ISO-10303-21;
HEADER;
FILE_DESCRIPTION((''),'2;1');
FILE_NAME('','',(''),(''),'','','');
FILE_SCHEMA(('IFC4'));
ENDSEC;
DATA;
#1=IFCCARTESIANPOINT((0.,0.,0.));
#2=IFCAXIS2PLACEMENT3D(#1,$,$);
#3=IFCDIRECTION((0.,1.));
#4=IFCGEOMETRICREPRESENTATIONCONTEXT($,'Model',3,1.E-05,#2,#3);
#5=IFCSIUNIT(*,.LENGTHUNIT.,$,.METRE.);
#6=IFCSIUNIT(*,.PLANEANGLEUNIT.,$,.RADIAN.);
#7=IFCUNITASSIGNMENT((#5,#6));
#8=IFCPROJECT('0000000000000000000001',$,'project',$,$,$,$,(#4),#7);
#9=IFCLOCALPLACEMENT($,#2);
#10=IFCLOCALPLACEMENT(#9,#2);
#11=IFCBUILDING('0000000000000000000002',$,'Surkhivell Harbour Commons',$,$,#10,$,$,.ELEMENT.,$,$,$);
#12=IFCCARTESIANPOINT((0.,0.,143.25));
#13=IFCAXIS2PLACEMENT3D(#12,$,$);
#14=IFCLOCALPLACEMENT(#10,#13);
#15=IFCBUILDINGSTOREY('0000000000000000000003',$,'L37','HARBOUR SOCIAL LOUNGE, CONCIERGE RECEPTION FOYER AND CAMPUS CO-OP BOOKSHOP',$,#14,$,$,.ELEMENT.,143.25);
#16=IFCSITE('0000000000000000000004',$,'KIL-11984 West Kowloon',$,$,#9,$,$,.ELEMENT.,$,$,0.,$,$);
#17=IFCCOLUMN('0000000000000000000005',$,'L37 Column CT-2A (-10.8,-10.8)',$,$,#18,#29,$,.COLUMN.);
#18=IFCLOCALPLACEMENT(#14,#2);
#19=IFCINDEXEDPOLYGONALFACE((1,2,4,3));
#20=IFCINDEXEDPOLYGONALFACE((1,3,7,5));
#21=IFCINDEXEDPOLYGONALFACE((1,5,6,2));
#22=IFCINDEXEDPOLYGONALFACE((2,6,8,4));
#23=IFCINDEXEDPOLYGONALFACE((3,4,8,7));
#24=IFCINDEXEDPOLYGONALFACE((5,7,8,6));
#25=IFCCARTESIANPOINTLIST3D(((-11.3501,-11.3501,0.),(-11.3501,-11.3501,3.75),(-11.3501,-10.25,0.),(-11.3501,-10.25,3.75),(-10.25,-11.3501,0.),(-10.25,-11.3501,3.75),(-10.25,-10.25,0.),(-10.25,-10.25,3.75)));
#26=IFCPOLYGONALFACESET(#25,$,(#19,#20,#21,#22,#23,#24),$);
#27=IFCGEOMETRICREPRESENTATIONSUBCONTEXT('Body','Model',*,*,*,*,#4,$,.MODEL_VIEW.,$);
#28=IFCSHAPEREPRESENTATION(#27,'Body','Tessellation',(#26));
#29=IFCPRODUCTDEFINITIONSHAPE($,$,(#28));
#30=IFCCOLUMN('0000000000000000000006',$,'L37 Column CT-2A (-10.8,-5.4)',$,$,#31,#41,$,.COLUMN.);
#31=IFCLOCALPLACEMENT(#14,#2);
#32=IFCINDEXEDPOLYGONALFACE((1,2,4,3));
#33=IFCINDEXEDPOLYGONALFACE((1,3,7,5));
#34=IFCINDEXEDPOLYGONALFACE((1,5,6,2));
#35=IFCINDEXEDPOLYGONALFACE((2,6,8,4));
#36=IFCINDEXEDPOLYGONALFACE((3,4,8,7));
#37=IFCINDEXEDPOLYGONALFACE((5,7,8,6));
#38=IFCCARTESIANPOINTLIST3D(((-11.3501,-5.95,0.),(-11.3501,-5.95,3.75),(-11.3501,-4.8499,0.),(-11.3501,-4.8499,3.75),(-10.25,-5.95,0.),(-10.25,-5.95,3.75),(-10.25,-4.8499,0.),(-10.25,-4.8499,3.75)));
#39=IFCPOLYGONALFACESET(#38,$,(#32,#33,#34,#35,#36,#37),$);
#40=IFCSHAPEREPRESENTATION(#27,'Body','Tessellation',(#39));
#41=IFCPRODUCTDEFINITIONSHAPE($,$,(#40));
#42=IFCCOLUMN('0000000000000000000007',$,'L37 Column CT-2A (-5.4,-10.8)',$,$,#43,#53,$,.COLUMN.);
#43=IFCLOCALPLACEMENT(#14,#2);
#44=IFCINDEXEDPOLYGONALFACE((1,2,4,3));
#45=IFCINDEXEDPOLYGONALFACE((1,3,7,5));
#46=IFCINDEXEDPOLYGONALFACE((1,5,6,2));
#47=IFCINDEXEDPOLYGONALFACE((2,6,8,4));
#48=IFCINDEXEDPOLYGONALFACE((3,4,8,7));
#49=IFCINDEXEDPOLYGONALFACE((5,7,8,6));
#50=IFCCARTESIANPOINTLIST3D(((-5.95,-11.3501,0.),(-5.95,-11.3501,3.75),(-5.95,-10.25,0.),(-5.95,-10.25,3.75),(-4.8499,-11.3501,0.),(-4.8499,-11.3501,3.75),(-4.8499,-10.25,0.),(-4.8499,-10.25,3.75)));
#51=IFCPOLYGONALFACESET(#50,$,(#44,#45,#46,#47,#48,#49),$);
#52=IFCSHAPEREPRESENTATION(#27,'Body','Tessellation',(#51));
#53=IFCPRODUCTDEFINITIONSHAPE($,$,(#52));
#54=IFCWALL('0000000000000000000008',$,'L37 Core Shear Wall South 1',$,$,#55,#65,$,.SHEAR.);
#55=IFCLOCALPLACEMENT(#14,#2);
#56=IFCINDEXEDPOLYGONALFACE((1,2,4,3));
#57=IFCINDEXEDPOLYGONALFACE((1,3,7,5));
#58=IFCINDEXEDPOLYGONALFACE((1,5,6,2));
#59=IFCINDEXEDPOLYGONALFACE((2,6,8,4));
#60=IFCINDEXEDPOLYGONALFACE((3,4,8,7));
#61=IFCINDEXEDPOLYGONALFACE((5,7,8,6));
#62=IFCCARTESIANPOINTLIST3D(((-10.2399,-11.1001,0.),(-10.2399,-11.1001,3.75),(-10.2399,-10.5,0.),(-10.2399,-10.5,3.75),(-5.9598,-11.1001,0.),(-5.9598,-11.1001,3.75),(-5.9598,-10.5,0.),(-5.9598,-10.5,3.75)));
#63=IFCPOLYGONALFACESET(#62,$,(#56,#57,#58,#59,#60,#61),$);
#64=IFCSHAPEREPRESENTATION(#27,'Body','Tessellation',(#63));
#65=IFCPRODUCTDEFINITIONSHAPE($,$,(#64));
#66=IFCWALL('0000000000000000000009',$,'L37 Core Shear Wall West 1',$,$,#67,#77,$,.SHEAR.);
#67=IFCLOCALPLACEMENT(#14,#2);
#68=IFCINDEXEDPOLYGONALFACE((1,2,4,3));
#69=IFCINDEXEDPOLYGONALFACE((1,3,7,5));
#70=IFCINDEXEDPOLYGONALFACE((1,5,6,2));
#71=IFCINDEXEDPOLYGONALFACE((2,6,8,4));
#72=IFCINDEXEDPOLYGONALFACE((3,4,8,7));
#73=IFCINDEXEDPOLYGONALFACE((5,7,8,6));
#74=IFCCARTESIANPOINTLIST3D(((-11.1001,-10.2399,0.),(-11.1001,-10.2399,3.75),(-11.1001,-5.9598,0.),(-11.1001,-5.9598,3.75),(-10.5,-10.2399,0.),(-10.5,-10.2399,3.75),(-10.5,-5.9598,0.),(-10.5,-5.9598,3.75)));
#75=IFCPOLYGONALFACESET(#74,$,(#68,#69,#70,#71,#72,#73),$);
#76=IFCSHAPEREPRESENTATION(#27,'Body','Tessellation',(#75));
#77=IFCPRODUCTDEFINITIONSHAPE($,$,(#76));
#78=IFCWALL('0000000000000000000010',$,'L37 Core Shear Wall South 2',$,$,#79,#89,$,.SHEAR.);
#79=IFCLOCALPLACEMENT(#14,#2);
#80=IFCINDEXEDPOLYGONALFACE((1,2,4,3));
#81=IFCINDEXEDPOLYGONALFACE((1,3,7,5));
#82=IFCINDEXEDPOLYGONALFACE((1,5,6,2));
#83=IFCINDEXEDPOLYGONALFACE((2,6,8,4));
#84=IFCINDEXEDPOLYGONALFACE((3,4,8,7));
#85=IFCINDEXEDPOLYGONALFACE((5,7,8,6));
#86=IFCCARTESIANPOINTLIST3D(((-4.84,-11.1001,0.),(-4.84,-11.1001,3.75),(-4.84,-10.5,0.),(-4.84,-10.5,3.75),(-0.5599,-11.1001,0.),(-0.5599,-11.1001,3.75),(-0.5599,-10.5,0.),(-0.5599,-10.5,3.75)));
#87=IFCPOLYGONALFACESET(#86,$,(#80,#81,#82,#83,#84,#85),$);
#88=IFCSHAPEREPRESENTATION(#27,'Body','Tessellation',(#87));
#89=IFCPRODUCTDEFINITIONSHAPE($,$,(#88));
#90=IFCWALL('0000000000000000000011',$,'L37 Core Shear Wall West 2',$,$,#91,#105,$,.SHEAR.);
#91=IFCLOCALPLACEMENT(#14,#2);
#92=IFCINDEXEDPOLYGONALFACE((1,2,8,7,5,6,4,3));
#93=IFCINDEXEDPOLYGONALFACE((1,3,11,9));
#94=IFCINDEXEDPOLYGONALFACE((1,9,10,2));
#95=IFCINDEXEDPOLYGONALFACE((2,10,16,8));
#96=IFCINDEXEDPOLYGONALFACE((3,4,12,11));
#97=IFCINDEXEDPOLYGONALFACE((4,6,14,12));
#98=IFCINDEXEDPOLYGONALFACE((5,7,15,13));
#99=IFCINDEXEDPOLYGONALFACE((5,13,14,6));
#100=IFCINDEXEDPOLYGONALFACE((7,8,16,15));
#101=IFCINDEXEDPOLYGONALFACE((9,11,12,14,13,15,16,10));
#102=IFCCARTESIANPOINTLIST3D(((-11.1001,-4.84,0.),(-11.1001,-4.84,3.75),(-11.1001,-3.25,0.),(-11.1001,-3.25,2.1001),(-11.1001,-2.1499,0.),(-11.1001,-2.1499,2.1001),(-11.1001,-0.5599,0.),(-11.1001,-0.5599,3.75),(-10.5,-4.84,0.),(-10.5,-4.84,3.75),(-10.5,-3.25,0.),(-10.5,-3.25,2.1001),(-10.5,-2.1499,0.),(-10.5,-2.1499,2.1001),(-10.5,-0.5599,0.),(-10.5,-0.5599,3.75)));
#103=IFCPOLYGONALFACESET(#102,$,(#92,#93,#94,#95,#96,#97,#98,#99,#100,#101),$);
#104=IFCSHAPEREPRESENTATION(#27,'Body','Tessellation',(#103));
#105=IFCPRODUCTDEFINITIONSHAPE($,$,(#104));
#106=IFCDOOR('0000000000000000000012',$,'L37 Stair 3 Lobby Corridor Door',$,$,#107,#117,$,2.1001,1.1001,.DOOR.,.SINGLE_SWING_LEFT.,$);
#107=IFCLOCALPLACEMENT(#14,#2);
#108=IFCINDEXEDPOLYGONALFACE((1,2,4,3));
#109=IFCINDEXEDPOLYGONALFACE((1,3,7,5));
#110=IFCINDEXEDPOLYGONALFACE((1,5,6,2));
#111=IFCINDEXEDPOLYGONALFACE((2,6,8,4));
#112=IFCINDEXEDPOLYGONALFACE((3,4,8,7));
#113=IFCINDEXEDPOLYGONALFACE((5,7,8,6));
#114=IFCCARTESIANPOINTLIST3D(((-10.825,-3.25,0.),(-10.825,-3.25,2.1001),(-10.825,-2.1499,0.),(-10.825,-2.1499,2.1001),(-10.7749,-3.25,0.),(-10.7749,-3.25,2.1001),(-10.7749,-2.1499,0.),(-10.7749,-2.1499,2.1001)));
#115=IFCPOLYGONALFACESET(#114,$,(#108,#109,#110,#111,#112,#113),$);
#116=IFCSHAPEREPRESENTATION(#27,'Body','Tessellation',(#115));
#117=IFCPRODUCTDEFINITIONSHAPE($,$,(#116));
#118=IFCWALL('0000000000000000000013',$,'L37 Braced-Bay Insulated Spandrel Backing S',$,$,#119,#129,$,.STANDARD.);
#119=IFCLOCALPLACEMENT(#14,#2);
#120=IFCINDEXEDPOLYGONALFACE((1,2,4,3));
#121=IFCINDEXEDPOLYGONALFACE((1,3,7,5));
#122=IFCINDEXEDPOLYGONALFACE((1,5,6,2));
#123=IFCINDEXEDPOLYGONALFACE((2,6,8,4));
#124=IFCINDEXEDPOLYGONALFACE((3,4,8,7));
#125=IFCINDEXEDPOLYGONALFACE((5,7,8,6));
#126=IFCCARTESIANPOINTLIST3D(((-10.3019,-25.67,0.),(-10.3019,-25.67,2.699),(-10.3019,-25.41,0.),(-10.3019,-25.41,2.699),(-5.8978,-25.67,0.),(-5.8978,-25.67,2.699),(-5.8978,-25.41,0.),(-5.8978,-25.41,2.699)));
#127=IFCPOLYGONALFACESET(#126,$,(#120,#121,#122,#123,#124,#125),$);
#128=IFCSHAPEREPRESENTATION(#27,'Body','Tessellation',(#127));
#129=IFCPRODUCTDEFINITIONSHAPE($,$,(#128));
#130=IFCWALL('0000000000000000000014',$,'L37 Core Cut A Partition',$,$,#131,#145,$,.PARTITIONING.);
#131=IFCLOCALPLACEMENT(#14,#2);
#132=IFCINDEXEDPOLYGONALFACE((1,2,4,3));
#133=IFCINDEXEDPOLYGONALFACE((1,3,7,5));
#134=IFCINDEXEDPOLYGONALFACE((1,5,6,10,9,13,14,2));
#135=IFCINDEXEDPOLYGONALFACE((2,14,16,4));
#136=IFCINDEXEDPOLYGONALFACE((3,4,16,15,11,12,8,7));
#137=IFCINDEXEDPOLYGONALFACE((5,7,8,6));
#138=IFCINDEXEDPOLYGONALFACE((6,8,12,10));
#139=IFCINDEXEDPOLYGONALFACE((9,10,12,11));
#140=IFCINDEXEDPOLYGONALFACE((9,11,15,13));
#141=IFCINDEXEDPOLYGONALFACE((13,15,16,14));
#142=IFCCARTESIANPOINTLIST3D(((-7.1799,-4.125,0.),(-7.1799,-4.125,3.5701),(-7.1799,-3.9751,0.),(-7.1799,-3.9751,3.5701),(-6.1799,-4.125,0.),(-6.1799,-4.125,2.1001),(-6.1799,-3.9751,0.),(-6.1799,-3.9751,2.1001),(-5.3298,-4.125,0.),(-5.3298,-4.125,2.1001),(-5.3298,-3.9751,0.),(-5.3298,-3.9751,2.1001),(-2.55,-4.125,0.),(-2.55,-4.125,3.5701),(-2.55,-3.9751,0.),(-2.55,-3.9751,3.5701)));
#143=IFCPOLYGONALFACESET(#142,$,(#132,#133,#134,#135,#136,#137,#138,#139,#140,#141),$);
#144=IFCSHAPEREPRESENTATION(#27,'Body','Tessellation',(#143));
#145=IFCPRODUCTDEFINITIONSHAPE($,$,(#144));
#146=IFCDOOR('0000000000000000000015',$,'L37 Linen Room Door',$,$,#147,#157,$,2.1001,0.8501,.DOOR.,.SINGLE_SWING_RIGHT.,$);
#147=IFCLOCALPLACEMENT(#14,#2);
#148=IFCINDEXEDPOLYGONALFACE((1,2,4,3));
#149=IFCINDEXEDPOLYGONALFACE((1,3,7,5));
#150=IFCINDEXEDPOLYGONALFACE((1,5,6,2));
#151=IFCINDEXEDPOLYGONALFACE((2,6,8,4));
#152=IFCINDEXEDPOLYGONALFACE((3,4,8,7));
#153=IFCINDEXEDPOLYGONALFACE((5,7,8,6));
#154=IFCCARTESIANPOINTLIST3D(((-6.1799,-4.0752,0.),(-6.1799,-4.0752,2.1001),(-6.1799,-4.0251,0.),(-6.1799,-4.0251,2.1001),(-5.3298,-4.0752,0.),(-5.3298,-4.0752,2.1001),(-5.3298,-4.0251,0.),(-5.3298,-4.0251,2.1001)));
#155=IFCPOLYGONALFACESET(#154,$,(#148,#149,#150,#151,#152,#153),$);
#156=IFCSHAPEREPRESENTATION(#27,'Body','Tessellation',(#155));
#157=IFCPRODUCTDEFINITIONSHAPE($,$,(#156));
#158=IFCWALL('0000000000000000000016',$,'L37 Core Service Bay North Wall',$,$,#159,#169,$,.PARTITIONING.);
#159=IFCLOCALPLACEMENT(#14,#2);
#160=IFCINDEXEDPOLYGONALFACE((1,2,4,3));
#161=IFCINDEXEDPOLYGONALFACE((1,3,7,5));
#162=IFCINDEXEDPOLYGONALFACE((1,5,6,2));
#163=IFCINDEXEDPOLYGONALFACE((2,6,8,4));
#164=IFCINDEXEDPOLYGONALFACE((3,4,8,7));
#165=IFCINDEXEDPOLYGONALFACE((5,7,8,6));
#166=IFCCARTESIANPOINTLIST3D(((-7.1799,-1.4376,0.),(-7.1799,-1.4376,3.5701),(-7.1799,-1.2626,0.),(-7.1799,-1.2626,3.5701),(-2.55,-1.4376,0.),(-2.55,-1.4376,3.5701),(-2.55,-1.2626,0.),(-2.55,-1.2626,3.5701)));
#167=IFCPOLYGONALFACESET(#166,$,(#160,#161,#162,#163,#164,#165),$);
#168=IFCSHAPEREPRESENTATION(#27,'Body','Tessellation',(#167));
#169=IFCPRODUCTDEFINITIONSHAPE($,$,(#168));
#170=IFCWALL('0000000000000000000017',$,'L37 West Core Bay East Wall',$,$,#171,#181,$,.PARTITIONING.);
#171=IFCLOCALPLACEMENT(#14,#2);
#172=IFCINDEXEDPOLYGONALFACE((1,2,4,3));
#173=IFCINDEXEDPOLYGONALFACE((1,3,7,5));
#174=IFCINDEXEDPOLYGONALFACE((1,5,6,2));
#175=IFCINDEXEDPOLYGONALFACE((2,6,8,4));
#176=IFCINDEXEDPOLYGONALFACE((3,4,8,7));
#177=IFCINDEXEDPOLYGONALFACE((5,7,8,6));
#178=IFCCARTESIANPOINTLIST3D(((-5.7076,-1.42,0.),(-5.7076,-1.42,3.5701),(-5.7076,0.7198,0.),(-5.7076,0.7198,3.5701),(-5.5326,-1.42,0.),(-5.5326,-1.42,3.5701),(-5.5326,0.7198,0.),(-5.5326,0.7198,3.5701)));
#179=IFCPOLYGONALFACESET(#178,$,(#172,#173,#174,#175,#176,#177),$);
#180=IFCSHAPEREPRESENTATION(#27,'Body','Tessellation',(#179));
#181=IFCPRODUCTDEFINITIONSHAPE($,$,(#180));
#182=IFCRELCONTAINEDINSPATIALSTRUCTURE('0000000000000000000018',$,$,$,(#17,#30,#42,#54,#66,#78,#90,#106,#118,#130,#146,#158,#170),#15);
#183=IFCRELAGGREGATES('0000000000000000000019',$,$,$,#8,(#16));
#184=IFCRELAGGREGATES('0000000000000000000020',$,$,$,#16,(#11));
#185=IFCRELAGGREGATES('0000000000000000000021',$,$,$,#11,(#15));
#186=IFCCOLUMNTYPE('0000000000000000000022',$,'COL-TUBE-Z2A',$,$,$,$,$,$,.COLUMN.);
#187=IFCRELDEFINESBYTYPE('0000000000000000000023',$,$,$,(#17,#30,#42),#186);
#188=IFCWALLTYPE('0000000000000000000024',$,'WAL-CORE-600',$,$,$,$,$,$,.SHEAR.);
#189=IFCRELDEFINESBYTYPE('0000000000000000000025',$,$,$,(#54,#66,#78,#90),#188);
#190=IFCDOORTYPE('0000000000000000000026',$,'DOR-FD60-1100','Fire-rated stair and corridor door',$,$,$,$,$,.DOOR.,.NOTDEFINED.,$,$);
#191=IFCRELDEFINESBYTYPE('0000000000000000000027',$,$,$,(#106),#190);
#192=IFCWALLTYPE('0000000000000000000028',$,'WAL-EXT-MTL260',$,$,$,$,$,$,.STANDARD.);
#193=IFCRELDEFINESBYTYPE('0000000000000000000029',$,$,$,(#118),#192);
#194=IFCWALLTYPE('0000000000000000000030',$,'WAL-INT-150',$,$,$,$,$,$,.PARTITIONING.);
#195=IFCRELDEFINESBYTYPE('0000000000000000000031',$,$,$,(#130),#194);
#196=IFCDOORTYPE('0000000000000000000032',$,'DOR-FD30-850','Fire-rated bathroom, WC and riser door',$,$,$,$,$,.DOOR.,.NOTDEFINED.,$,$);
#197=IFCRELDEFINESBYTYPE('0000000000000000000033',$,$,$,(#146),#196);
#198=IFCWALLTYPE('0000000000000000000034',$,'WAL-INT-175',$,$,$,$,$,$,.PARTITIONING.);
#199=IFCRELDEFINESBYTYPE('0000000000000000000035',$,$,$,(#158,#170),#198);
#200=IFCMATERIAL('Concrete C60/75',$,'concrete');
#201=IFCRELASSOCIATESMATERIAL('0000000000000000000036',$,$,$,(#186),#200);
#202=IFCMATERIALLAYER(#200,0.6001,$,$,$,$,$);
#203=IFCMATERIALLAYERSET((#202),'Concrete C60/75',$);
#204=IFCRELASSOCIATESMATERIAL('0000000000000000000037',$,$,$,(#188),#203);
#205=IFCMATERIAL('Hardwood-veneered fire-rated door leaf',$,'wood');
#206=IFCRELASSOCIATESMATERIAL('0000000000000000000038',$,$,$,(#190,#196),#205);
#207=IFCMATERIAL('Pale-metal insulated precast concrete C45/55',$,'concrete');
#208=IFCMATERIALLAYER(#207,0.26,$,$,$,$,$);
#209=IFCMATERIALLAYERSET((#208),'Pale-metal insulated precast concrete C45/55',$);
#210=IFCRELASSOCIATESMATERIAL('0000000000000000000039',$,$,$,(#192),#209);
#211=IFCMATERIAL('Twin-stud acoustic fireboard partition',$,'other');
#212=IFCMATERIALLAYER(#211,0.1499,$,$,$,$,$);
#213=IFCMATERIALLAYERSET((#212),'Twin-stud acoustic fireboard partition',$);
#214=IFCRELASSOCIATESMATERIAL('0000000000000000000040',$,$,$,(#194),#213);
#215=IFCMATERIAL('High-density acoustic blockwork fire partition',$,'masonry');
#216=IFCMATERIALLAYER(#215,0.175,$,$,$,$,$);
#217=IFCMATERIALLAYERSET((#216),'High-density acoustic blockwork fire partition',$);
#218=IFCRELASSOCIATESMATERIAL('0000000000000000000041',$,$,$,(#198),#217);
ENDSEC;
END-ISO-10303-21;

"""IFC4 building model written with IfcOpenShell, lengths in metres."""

from ifc_helpers import new_model, si_unit, direction, frame, frame_2d, origin, origin_2d, place, context, subcontext, project, spatial, rectangle, extrude, material, layer, layer_set, material_profile, profile_set, type_object, element, fill, save


model = new_model("IFC4")

# Units and contexts
model_context = context("Model", 3, precision=1e-05, world=origin(), true_north=direction((0.0, 1.0)))
body_context = subcontext(model_context, "Body", "Model", "MODEL_VIEW")
ifc_project = project(units=[si_unit("LENGTHUNIT", "METRE"), si_unit("PLANEANGLEUNIT", "RADIAN")], contexts=[model_context])

# Site, building, storey
site_placement = place(None, origin())
site = spatial("IfcSite", under=ifc_project, at=site_placement, Name="KIL-11984 West Kowloon", CompositionType="ELEMENT", RefElevation=0.0)
building_placement = place(site_placement, origin())
building = spatial("IfcBuilding", under=site, at=building_placement, Name="Surkhivell Harbour Commons", CompositionType="ELEMENT")
storey_placement = place(building_placement, frame((0.0, 0.0, 143.25)))
storey = spatial("IfcBuildingStorey", under=building, at=storey_placement, Name="L37", Description="HARBOUR SOCIAL LOUNGE, CONCIERGE RECEPTION FOYER AND CAMPUS CO-OP BOOKSHOP", CompositionType="ELEMENT", Elevation=143.25)

# Columns
ifc_material_1 = material(Name="Concrete C60/75", Category="concrete")
ifc_material_profile = material_profile(ifc_material_1, rectangle(XDim=1.1001, YDim=1.1001, at=origin_2d()), Name="RC-COL-1100x1100")
ifc_profile_set = profile_set([ifc_material_profile], Name="Concrete C60/75")
column_type = type_object("IfcColumnType", Name="COL-TUBE-Z2A", PredefinedType="COLUMN", material=ifc_profile_set)
for number, where, z_axis, x_axis, name in (
    (1, (-10.8, -10.8, 0.0), (0.0, 0.0, 1.0), (1.0, 0.0, 0.0), "L37 Column CT-2A (-10.8,-10.8)"),
    (2, (-10.8, -5.3999, 0.0), (0.0, 0.0, 1.0), (1.0, 0.0, 0.0), "L37 Column CT-2A (-10.8,-5.4)"),
    (3, (-5.3999, -10.8, 0.0), (0.0, 0.0, 1.0), (1.0, 0.0, 0.0), "L37 Column CT-2A (-5.4,-10.8)"),
):
    element("IfcColumn", number, at=place(storey_placement, frame(where, z_axis=z_axis, x_axis=x_axis)), inside=storey, type_object=column_type, Name=name, PredefinedType="COLUMN", context=body_context, shape_type="SweptSolid", body=[
        extrude(rectangle(XDim=1.1001, YDim=1.1001, at=origin_2d()), origin(), (0.0, 0.0, 1.0), 3.75),
    ])

# Walls
ifc_layer_1 = layer(ifc_material_1, 0.6001)
ifc_layer_set_1 = layer_set([ifc_layer_1], Name="Concrete C60/75")
wall_type_1 = type_object("IfcWallType", Name="WAL-CORE-600", PredefinedType="SHEAR", material=ifc_layer_set_1)
for number, where, z_axis, x_axis, name in (
    (4, (-10.24, -10.8, 0.0), (0.0, 0.0, 1.0), (1.0, 0.0, 0.0), "L37 Core Shear Wall South 1"),
    (5, (-10.8, -10.24, 0.0), (0.0, 0.0, 1.0), (0.0, 1.0, 0.0), "L37 Core Shear Wall West 1"),
    (6, (-4.8401, -10.8, 0.0), (0.0, 0.0, 1.0), (1.0, 0.0, 0.0), "L37 Core Shear Wall South 2"),
):
    element("IfcWall", number, at=place(storey_placement, frame(where, z_axis=z_axis, x_axis=x_axis)), inside=storey, type_object=wall_type_1, Name=name, PredefinedType="SHEAR", context=body_context, shape_type="SweptSolid", body=[
        extrude(rectangle(XDim=4.28, YDim=0.6001, at=frame_2d((2.1401, 0.0))), origin(), (0.0, 0.0, 1.0), 3.75),
    ])

# Wall, opening, door
wall_1_placement = place(storey_placement, frame((-10.8, -4.8401, 0.0), z_axis=(0.0, 0.0, 1.0), x_axis=(0.0, 1.0, 0.0)))
wall_1 = element("IfcWall", 7, at=wall_1_placement, inside=storey, type_object=wall_type_1, Name="L37 Core Shear Wall West 2", PredefinedType="SHEAR", context=body_context, shape_type="SweptSolid", body=[
    extrude(rectangle(XDim=4.28, YDim=0.6001, at=frame_2d((2.1401, 0.0))), origin(), (0.0, 0.0, 1.0), 3.75),
])
opening_1_placement = place(wall_1_placement, frame((1.5901, 0.0, 0.0)))
opening_1 = element("IfcOpeningElement", 8, at=opening_1_placement, cuts=wall_1, PredefinedType="OPENING", context=body_context, shape_type="SweptSolid", body=[
    extrude(rectangle(XDim=1.1001, YDim=2.1001, at=frame_2d((0.55, 1.05))), frame((0.0, 0.3101, 0.0), z_axis=(0.0, -1.0, 0.0), x_axis=(1.0, 0.0, 0.0)), (0.0, 0.0, 1.0), 0.6201),
])
ifc_material_2 = material(Name="Hardwood-veneered fire-rated door leaf", Category="wood")
door_type_1 = type_object("IfcDoorType", Name="DOR-FD60-1100", Description="Fire-rated stair and corridor door", OperationType="NOTDEFINED", PredefinedType="DOOR", material=ifc_material_2)
door_1_placement = place(opening_1_placement, origin())
door_1 = element("IfcDoor", 9, at=door_1_placement, inside=storey, type_object=door_type_1, Name="L37 Stair 3 Lobby Corridor Door", OperationType="SINGLE_SWING_LEFT", OverallHeight=2.1001, OverallWidth=1.1001, PredefinedType="DOOR", context=body_context, shape_type="SweptSolid", body=[
    extrude(rectangle(XDim=1.1001, YDim=2.1001, at=frame_2d((0.55, 1.05))), frame((0.0, 0.0249, 0.0), z_axis=(0.0, -1.0, 0.0), x_axis=(1.0, 0.0, 0.0)), (0.0, 0.0, 1.0), 0.05),
])
fill(opening_1, door_1)

# Wall
ifc_material_3 = material(Name="Pale-metal insulated precast concrete C45/55", Category="concrete")
ifc_layer_2 = layer(ifc_material_3, 0.26)
ifc_layer_set_2 = layer_set([ifc_layer_2], Name="Pale-metal insulated precast concrete C45/55")
wall_type_2 = type_object("IfcWallType", Name="WAL-EXT-MTL260", PredefinedType="STANDARD", material=ifc_layer_set_2)
wall_2_placement = place(storey_placement, frame((-10.302, -25.54, 0.0), z_axis=(0.0, 0.0, 1.0), x_axis=(1.0, 0.0, 0.0)))
element("IfcWall", 10, at=wall_2_placement, inside=storey, type_object=wall_type_2, Name="L37 Braced-Bay Insulated Spandrel Backing S", PredefinedType="STANDARD", context=body_context, shape_type="SweptSolid", body=[
    extrude(rectangle(XDim=4.4041, YDim=0.26, at=frame_2d((2.2021, 0.0))), origin(), (0.0, 0.0, 1.0), 2.699),
])

# Wall, opening, door
ifc_material_4 = material(Name="Twin-stud acoustic fireboard partition", Category="other")
ifc_layer_3 = layer(ifc_material_4, 0.1499)
ifc_layer_set_3 = layer_set([ifc_layer_3], Name="Twin-stud acoustic fireboard partition")
wall_type_3 = type_object("IfcWallType", Name="WAL-INT-150", PredefinedType="PARTITIONING", material=ifc_layer_set_3)
wall_3_placement = place(storey_placement, frame((-7.1799, -4.05, 0.0), z_axis=(0.0, 0.0, 1.0), x_axis=(1.0, 0.0, 0.0)))
wall_3 = element("IfcWall", 11, at=wall_3_placement, inside=storey, type_object=wall_type_3, Name="L37 Core Cut A Partition", PredefinedType="PARTITIONING", context=body_context, shape_type="SweptSolid", body=[
    extrude(rectangle(XDim=4.6299, YDim=0.1499, at=frame_2d((2.3149, 0.0))), origin(), (0.0, 0.0, 1.0), 3.5701),
])
opening_2_placement = place(wall_3_placement, frame((1.0, 0.0, 0.0)))
opening_2 = element("IfcOpeningElement", 12, at=opening_2_placement, cuts=wall_3, PredefinedType="OPENING", context=body_context, shape_type="SweptSolid", body=[
    extrude(rectangle(XDim=0.8501, YDim=2.1001, at=frame_2d((0.425, 1.05))), frame((0.0, 0.085, 0.0), z_axis=(0.0, -1.0, 0.0), x_axis=(1.0, 0.0, 0.0)), (0.0, 0.0, 1.0), 0.1699),
])
door_type_2 = type_object("IfcDoorType", Name="DOR-FD30-850", Description="Fire-rated bathroom, WC and riser door", OperationType="NOTDEFINED", PredefinedType="DOOR", material=ifc_material_2)
door_2_placement = place(opening_2_placement, origin())
door_2 = element("IfcDoor", 13, at=door_2_placement, inside=storey, type_object=door_type_2, Name="L37 Linen Room Door", OperationType="SINGLE_SWING_RIGHT", OverallHeight=2.1001, OverallWidth=0.8501, PredefinedType="DOOR", context=body_context, shape_type="SweptSolid", body=[
    extrude(rectangle(XDim=0.8501, YDim=2.1001, at=frame_2d((0.425, 1.05))), frame((0.0, 0.0249, 0.0), z_axis=(0.0, -1.0, 0.0), x_axis=(1.0, 0.0, 0.0)), (0.0, 0.0, 1.0), 0.05),
])
fill(opening_2, door_2)

# Walls
ifc_material_5 = material(Name="High-density acoustic blockwork fire partition", Category="masonry")
ifc_layer_4 = layer(ifc_material_5, 0.175)
ifc_layer_set_4 = layer_set([ifc_layer_4], Name="High-density acoustic blockwork fire partition")
wall_type_4 = type_object("IfcWallType", Name="WAL-INT-175", PredefinedType="PARTITIONING", material=ifc_layer_set_4)
wall_4_placement = place(storey_placement, frame((-7.1799, -1.3501, 0.0), z_axis=(0.0, 0.0, 1.0), x_axis=(1.0, 0.0, 0.0)))
element("IfcWall", 14, at=wall_4_placement, inside=storey, type_object=wall_type_4, Name="L37 Core Service Bay North Wall", PredefinedType="PARTITIONING", context=body_context, shape_type="SweptSolid", body=[
    extrude(rectangle(XDim=4.6299, YDim=0.175, at=frame_2d((2.3149, 0.0))), origin(), (0.0, 0.0, 1.0), 3.5701),
])
wall_5_placement = place(storey_placement, frame((-5.6201, -1.4199, 0.0), z_axis=(0.0, 0.0, 1.0), x_axis=(0.0, 1.0, 0.0)))
element("IfcWall", 15, at=wall_5_placement, inside=storey, type_object=wall_type_4, Name="L37 West Core Bay East Wall", PredefinedType="PARTITIONING", context=body_context, shape_type="SweptSolid", body=[
    extrude(rectangle(XDim=2.1399, YDim=0.175, at=frame_2d((1.0698, 0.0))), origin(), (0.0, 0.0, 1.0), 3.5701),
])

save(model, "model.ifc")
